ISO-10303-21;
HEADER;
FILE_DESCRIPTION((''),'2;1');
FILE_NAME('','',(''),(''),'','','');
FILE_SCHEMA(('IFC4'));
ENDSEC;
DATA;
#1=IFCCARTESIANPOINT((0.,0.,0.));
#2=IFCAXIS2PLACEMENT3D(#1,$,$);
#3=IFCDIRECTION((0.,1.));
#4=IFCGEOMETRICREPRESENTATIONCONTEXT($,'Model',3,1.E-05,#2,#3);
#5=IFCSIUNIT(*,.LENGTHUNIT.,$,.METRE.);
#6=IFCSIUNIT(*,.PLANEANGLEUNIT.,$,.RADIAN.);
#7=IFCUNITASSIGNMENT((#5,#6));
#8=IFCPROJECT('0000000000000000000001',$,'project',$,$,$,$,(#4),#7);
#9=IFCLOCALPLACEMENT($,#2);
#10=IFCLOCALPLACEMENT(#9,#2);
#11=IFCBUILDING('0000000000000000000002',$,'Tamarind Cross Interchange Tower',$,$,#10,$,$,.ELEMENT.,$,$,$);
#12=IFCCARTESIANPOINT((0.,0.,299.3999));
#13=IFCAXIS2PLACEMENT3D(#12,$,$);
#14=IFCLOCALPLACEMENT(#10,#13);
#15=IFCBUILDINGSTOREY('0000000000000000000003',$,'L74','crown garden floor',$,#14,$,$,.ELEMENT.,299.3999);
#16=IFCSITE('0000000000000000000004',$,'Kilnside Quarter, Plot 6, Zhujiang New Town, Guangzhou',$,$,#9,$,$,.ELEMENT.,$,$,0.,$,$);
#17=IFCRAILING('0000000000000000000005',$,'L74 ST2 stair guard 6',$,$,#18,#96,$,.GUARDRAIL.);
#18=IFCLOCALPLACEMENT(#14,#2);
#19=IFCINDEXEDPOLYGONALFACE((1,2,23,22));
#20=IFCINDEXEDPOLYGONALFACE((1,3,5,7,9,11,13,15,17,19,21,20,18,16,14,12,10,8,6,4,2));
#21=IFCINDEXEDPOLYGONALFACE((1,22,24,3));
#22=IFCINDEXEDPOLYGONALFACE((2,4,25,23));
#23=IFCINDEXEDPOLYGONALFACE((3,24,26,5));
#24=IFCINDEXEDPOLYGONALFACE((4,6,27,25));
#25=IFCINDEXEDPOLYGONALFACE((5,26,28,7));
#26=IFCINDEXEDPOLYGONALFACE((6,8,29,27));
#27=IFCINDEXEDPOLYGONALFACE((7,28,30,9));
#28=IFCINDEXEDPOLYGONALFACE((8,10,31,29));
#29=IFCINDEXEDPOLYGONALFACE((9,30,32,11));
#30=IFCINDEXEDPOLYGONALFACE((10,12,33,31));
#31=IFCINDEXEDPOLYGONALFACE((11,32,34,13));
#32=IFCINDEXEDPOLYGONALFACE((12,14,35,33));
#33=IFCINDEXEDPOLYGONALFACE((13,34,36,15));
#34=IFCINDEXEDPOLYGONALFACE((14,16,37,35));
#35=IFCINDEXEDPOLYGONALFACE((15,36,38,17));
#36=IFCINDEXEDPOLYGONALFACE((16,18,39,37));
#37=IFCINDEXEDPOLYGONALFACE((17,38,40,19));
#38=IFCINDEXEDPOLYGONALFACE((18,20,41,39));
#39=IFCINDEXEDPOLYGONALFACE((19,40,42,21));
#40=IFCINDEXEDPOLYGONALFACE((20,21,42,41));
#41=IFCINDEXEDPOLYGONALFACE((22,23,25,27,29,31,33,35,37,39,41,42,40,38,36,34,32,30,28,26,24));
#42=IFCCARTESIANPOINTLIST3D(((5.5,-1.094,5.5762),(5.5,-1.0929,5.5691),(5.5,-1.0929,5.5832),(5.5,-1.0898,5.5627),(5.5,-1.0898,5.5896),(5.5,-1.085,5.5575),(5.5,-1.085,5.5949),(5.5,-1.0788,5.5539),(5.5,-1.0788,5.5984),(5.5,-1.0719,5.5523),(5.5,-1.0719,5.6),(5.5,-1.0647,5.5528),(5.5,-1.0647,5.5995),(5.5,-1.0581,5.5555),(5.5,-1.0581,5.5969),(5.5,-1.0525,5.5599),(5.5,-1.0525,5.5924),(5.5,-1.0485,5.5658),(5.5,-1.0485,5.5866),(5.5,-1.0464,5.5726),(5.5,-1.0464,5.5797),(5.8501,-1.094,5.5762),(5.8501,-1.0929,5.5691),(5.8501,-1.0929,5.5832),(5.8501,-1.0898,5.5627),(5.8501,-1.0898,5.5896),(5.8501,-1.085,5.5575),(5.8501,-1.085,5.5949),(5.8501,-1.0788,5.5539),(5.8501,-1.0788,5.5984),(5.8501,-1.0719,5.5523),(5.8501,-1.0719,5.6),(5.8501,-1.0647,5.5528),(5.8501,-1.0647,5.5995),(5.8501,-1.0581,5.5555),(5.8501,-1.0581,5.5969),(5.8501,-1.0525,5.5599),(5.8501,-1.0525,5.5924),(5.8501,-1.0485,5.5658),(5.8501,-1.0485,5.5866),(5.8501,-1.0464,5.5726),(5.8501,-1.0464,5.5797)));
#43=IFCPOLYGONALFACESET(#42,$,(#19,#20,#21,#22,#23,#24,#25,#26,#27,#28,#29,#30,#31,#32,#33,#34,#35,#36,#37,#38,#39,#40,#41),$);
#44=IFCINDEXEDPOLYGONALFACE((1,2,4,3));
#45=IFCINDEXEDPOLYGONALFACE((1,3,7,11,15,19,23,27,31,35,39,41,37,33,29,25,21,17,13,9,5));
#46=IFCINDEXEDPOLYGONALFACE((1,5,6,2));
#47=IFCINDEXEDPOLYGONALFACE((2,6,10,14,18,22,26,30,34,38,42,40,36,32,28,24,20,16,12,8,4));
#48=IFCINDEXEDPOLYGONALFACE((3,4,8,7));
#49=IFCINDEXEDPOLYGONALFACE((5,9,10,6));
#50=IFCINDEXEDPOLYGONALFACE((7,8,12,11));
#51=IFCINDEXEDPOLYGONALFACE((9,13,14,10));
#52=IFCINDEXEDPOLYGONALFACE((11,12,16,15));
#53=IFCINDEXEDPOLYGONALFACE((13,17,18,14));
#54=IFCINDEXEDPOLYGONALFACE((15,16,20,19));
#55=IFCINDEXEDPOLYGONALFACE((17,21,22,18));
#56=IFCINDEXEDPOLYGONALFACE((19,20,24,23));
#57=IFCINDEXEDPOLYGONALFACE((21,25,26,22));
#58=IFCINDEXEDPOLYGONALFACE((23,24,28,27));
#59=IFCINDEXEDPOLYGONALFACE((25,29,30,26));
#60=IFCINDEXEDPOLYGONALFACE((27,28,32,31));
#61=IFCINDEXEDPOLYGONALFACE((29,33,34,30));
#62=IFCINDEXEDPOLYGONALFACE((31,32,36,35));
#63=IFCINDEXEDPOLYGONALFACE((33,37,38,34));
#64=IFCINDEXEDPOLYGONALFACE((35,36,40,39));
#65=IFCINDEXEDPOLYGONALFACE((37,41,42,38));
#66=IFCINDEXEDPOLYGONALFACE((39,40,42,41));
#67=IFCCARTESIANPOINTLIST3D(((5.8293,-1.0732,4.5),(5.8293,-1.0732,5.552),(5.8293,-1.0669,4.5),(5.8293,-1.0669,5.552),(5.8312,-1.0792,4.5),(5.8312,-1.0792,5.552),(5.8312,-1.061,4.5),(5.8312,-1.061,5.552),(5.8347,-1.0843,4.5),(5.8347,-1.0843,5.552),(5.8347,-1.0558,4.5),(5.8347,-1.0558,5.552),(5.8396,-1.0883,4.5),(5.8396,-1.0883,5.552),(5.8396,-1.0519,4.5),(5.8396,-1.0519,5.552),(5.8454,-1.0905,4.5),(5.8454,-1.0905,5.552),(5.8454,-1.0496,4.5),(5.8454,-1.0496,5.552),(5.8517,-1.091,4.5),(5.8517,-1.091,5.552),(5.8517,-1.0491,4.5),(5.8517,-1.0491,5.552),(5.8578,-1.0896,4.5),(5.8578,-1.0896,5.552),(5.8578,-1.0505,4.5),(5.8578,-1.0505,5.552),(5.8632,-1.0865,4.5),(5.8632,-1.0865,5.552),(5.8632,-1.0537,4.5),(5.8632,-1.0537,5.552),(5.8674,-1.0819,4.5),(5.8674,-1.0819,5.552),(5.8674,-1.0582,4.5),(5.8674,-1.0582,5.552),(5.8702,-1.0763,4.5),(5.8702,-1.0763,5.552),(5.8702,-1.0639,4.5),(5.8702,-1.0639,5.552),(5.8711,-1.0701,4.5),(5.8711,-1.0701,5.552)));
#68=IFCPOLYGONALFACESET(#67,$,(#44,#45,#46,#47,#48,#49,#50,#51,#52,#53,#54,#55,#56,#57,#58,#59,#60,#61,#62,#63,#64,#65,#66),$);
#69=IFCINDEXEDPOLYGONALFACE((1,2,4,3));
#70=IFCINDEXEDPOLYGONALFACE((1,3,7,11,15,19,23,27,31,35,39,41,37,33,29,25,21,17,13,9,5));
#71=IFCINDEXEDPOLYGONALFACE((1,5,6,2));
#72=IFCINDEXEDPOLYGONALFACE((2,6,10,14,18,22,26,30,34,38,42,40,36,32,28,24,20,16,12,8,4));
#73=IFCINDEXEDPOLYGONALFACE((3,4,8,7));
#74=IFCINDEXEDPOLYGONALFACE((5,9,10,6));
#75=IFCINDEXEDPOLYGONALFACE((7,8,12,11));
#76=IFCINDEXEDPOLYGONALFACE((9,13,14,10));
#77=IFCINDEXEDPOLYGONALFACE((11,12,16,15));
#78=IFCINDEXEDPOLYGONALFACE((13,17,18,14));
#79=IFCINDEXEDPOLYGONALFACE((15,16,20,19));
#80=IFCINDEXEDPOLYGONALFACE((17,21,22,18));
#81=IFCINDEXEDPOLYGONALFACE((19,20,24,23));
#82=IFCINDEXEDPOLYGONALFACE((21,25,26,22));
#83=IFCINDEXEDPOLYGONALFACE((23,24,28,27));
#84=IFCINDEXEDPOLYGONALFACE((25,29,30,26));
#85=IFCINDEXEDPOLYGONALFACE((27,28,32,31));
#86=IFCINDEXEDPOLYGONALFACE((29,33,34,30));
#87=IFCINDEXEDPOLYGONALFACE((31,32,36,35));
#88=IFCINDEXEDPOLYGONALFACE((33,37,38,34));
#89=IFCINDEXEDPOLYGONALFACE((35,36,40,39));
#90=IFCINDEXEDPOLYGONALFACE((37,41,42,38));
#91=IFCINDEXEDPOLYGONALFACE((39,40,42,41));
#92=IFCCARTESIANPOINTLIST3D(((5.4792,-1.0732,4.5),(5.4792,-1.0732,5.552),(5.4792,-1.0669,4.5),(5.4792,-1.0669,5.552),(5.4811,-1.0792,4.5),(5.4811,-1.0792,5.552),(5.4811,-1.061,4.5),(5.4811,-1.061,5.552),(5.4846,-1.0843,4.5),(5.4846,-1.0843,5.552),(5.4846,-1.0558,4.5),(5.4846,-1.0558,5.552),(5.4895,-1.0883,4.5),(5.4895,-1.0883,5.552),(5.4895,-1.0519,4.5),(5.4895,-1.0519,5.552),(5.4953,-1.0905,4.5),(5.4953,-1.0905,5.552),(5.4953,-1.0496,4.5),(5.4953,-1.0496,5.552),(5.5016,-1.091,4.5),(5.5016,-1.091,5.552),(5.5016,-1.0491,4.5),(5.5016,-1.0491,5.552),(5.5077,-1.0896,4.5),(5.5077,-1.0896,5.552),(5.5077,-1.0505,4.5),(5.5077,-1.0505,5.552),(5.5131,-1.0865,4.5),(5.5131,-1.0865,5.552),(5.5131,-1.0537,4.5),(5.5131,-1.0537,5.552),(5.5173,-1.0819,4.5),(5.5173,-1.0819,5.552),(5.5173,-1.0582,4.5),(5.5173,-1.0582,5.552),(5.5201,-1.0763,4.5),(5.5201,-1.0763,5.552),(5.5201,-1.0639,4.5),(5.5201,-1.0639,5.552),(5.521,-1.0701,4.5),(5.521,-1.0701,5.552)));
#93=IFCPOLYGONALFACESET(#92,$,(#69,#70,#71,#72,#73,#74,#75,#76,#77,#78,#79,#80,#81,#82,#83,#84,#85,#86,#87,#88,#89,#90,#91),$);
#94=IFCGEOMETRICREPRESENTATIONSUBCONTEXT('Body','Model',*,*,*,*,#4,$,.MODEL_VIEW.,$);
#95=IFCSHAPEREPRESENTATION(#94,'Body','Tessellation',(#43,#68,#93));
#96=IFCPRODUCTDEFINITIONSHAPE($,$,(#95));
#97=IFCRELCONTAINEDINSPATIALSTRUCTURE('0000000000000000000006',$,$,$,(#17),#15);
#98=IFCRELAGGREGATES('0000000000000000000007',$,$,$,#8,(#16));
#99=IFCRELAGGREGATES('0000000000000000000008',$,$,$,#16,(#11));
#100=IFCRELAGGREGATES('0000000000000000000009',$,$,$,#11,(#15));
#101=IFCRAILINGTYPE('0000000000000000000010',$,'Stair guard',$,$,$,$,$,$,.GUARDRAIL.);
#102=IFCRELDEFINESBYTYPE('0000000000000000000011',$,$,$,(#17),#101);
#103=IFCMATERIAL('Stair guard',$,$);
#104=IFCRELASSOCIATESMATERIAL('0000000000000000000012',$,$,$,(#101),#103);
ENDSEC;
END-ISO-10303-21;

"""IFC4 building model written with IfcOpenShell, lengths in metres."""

from ifc_helpers import new_model, si_unit, direction, frame, origin, origin_2d, place, context, subcontext, project, spatial, circle, extrude, material, type_object, element, save


model = new_model("IFC4")

# Units and contexts
model_context = context("Model", 3, precision=1e-05, world=origin(), true_north=direction((0.0, 1.0)))
body_context = subcontext(model_context, "Body", "Model", "MODEL_VIEW")
ifc_project = project(units=[si_unit("LENGTHUNIT", "METRE"), si_unit("PLANEANGLEUNIT", "RADIAN")], contexts=[model_context])

# Site, building, storey
site_placement = place(None, origin())
site = spatial("IfcSite", under=ifc_project, at=site_placement, Name="Kilnside Quarter, Plot 6, Zhujiang New Town, Guangzhou", CompositionType="ELEMENT", RefElevation=0.0)
building_placement = place(site_placement, origin())
building = spatial("IfcBuilding", under=site, at=building_placement, Name="Tamarind Cross Interchange Tower", CompositionType="ELEMENT")
storey_placement = place(building_placement, frame((0.0, 0.0, 299.3999)))
storey = spatial("IfcBuildingStorey", under=building, at=storey_placement, Name="L74", Description="crown garden floor", CompositionType="ELEMENT", Elevation=299.3999)

# Railing
ifc_material_1 = material(Name="Stair guard")
railing_type_1 = type_object("IfcRailingType", Name="Stair guard", PredefinedType="GUARDRAIL", material=ifc_material_1)
railing_1_placement = place(storey_placement, frame((5.8501, -1.0701, 4.5)))
element("IfcRailing", 1, at=railing_1_placement, inside=storey, type_object=railing_type_1, Name="L74 ST2 stair guard 6", PredefinedType="GUARDRAIL", context=body_context, shape_type="SweptSolid", body=[
    extrude(circle(Radius=0.0239, at=origin_2d()), frame((0.0, 0.0, 1.0762), z_axis=(-1.0, 0.0, 0.0), x_axis=(0.0, -1.0, 0.0)), (0.0, 0.0, 1.0), 0.3501),
    extrude(circle(Radius=0.021, at=origin_2d()), origin(), (0.0, 0.0, 1.0), 1.052),
    extrude(circle(Radius=0.021, at=origin_2d()), frame((-0.3501, 0.0, 0.0)), (0.0, 0.0, 1.0), 1.052),
])

save(model, "model.ifc")
